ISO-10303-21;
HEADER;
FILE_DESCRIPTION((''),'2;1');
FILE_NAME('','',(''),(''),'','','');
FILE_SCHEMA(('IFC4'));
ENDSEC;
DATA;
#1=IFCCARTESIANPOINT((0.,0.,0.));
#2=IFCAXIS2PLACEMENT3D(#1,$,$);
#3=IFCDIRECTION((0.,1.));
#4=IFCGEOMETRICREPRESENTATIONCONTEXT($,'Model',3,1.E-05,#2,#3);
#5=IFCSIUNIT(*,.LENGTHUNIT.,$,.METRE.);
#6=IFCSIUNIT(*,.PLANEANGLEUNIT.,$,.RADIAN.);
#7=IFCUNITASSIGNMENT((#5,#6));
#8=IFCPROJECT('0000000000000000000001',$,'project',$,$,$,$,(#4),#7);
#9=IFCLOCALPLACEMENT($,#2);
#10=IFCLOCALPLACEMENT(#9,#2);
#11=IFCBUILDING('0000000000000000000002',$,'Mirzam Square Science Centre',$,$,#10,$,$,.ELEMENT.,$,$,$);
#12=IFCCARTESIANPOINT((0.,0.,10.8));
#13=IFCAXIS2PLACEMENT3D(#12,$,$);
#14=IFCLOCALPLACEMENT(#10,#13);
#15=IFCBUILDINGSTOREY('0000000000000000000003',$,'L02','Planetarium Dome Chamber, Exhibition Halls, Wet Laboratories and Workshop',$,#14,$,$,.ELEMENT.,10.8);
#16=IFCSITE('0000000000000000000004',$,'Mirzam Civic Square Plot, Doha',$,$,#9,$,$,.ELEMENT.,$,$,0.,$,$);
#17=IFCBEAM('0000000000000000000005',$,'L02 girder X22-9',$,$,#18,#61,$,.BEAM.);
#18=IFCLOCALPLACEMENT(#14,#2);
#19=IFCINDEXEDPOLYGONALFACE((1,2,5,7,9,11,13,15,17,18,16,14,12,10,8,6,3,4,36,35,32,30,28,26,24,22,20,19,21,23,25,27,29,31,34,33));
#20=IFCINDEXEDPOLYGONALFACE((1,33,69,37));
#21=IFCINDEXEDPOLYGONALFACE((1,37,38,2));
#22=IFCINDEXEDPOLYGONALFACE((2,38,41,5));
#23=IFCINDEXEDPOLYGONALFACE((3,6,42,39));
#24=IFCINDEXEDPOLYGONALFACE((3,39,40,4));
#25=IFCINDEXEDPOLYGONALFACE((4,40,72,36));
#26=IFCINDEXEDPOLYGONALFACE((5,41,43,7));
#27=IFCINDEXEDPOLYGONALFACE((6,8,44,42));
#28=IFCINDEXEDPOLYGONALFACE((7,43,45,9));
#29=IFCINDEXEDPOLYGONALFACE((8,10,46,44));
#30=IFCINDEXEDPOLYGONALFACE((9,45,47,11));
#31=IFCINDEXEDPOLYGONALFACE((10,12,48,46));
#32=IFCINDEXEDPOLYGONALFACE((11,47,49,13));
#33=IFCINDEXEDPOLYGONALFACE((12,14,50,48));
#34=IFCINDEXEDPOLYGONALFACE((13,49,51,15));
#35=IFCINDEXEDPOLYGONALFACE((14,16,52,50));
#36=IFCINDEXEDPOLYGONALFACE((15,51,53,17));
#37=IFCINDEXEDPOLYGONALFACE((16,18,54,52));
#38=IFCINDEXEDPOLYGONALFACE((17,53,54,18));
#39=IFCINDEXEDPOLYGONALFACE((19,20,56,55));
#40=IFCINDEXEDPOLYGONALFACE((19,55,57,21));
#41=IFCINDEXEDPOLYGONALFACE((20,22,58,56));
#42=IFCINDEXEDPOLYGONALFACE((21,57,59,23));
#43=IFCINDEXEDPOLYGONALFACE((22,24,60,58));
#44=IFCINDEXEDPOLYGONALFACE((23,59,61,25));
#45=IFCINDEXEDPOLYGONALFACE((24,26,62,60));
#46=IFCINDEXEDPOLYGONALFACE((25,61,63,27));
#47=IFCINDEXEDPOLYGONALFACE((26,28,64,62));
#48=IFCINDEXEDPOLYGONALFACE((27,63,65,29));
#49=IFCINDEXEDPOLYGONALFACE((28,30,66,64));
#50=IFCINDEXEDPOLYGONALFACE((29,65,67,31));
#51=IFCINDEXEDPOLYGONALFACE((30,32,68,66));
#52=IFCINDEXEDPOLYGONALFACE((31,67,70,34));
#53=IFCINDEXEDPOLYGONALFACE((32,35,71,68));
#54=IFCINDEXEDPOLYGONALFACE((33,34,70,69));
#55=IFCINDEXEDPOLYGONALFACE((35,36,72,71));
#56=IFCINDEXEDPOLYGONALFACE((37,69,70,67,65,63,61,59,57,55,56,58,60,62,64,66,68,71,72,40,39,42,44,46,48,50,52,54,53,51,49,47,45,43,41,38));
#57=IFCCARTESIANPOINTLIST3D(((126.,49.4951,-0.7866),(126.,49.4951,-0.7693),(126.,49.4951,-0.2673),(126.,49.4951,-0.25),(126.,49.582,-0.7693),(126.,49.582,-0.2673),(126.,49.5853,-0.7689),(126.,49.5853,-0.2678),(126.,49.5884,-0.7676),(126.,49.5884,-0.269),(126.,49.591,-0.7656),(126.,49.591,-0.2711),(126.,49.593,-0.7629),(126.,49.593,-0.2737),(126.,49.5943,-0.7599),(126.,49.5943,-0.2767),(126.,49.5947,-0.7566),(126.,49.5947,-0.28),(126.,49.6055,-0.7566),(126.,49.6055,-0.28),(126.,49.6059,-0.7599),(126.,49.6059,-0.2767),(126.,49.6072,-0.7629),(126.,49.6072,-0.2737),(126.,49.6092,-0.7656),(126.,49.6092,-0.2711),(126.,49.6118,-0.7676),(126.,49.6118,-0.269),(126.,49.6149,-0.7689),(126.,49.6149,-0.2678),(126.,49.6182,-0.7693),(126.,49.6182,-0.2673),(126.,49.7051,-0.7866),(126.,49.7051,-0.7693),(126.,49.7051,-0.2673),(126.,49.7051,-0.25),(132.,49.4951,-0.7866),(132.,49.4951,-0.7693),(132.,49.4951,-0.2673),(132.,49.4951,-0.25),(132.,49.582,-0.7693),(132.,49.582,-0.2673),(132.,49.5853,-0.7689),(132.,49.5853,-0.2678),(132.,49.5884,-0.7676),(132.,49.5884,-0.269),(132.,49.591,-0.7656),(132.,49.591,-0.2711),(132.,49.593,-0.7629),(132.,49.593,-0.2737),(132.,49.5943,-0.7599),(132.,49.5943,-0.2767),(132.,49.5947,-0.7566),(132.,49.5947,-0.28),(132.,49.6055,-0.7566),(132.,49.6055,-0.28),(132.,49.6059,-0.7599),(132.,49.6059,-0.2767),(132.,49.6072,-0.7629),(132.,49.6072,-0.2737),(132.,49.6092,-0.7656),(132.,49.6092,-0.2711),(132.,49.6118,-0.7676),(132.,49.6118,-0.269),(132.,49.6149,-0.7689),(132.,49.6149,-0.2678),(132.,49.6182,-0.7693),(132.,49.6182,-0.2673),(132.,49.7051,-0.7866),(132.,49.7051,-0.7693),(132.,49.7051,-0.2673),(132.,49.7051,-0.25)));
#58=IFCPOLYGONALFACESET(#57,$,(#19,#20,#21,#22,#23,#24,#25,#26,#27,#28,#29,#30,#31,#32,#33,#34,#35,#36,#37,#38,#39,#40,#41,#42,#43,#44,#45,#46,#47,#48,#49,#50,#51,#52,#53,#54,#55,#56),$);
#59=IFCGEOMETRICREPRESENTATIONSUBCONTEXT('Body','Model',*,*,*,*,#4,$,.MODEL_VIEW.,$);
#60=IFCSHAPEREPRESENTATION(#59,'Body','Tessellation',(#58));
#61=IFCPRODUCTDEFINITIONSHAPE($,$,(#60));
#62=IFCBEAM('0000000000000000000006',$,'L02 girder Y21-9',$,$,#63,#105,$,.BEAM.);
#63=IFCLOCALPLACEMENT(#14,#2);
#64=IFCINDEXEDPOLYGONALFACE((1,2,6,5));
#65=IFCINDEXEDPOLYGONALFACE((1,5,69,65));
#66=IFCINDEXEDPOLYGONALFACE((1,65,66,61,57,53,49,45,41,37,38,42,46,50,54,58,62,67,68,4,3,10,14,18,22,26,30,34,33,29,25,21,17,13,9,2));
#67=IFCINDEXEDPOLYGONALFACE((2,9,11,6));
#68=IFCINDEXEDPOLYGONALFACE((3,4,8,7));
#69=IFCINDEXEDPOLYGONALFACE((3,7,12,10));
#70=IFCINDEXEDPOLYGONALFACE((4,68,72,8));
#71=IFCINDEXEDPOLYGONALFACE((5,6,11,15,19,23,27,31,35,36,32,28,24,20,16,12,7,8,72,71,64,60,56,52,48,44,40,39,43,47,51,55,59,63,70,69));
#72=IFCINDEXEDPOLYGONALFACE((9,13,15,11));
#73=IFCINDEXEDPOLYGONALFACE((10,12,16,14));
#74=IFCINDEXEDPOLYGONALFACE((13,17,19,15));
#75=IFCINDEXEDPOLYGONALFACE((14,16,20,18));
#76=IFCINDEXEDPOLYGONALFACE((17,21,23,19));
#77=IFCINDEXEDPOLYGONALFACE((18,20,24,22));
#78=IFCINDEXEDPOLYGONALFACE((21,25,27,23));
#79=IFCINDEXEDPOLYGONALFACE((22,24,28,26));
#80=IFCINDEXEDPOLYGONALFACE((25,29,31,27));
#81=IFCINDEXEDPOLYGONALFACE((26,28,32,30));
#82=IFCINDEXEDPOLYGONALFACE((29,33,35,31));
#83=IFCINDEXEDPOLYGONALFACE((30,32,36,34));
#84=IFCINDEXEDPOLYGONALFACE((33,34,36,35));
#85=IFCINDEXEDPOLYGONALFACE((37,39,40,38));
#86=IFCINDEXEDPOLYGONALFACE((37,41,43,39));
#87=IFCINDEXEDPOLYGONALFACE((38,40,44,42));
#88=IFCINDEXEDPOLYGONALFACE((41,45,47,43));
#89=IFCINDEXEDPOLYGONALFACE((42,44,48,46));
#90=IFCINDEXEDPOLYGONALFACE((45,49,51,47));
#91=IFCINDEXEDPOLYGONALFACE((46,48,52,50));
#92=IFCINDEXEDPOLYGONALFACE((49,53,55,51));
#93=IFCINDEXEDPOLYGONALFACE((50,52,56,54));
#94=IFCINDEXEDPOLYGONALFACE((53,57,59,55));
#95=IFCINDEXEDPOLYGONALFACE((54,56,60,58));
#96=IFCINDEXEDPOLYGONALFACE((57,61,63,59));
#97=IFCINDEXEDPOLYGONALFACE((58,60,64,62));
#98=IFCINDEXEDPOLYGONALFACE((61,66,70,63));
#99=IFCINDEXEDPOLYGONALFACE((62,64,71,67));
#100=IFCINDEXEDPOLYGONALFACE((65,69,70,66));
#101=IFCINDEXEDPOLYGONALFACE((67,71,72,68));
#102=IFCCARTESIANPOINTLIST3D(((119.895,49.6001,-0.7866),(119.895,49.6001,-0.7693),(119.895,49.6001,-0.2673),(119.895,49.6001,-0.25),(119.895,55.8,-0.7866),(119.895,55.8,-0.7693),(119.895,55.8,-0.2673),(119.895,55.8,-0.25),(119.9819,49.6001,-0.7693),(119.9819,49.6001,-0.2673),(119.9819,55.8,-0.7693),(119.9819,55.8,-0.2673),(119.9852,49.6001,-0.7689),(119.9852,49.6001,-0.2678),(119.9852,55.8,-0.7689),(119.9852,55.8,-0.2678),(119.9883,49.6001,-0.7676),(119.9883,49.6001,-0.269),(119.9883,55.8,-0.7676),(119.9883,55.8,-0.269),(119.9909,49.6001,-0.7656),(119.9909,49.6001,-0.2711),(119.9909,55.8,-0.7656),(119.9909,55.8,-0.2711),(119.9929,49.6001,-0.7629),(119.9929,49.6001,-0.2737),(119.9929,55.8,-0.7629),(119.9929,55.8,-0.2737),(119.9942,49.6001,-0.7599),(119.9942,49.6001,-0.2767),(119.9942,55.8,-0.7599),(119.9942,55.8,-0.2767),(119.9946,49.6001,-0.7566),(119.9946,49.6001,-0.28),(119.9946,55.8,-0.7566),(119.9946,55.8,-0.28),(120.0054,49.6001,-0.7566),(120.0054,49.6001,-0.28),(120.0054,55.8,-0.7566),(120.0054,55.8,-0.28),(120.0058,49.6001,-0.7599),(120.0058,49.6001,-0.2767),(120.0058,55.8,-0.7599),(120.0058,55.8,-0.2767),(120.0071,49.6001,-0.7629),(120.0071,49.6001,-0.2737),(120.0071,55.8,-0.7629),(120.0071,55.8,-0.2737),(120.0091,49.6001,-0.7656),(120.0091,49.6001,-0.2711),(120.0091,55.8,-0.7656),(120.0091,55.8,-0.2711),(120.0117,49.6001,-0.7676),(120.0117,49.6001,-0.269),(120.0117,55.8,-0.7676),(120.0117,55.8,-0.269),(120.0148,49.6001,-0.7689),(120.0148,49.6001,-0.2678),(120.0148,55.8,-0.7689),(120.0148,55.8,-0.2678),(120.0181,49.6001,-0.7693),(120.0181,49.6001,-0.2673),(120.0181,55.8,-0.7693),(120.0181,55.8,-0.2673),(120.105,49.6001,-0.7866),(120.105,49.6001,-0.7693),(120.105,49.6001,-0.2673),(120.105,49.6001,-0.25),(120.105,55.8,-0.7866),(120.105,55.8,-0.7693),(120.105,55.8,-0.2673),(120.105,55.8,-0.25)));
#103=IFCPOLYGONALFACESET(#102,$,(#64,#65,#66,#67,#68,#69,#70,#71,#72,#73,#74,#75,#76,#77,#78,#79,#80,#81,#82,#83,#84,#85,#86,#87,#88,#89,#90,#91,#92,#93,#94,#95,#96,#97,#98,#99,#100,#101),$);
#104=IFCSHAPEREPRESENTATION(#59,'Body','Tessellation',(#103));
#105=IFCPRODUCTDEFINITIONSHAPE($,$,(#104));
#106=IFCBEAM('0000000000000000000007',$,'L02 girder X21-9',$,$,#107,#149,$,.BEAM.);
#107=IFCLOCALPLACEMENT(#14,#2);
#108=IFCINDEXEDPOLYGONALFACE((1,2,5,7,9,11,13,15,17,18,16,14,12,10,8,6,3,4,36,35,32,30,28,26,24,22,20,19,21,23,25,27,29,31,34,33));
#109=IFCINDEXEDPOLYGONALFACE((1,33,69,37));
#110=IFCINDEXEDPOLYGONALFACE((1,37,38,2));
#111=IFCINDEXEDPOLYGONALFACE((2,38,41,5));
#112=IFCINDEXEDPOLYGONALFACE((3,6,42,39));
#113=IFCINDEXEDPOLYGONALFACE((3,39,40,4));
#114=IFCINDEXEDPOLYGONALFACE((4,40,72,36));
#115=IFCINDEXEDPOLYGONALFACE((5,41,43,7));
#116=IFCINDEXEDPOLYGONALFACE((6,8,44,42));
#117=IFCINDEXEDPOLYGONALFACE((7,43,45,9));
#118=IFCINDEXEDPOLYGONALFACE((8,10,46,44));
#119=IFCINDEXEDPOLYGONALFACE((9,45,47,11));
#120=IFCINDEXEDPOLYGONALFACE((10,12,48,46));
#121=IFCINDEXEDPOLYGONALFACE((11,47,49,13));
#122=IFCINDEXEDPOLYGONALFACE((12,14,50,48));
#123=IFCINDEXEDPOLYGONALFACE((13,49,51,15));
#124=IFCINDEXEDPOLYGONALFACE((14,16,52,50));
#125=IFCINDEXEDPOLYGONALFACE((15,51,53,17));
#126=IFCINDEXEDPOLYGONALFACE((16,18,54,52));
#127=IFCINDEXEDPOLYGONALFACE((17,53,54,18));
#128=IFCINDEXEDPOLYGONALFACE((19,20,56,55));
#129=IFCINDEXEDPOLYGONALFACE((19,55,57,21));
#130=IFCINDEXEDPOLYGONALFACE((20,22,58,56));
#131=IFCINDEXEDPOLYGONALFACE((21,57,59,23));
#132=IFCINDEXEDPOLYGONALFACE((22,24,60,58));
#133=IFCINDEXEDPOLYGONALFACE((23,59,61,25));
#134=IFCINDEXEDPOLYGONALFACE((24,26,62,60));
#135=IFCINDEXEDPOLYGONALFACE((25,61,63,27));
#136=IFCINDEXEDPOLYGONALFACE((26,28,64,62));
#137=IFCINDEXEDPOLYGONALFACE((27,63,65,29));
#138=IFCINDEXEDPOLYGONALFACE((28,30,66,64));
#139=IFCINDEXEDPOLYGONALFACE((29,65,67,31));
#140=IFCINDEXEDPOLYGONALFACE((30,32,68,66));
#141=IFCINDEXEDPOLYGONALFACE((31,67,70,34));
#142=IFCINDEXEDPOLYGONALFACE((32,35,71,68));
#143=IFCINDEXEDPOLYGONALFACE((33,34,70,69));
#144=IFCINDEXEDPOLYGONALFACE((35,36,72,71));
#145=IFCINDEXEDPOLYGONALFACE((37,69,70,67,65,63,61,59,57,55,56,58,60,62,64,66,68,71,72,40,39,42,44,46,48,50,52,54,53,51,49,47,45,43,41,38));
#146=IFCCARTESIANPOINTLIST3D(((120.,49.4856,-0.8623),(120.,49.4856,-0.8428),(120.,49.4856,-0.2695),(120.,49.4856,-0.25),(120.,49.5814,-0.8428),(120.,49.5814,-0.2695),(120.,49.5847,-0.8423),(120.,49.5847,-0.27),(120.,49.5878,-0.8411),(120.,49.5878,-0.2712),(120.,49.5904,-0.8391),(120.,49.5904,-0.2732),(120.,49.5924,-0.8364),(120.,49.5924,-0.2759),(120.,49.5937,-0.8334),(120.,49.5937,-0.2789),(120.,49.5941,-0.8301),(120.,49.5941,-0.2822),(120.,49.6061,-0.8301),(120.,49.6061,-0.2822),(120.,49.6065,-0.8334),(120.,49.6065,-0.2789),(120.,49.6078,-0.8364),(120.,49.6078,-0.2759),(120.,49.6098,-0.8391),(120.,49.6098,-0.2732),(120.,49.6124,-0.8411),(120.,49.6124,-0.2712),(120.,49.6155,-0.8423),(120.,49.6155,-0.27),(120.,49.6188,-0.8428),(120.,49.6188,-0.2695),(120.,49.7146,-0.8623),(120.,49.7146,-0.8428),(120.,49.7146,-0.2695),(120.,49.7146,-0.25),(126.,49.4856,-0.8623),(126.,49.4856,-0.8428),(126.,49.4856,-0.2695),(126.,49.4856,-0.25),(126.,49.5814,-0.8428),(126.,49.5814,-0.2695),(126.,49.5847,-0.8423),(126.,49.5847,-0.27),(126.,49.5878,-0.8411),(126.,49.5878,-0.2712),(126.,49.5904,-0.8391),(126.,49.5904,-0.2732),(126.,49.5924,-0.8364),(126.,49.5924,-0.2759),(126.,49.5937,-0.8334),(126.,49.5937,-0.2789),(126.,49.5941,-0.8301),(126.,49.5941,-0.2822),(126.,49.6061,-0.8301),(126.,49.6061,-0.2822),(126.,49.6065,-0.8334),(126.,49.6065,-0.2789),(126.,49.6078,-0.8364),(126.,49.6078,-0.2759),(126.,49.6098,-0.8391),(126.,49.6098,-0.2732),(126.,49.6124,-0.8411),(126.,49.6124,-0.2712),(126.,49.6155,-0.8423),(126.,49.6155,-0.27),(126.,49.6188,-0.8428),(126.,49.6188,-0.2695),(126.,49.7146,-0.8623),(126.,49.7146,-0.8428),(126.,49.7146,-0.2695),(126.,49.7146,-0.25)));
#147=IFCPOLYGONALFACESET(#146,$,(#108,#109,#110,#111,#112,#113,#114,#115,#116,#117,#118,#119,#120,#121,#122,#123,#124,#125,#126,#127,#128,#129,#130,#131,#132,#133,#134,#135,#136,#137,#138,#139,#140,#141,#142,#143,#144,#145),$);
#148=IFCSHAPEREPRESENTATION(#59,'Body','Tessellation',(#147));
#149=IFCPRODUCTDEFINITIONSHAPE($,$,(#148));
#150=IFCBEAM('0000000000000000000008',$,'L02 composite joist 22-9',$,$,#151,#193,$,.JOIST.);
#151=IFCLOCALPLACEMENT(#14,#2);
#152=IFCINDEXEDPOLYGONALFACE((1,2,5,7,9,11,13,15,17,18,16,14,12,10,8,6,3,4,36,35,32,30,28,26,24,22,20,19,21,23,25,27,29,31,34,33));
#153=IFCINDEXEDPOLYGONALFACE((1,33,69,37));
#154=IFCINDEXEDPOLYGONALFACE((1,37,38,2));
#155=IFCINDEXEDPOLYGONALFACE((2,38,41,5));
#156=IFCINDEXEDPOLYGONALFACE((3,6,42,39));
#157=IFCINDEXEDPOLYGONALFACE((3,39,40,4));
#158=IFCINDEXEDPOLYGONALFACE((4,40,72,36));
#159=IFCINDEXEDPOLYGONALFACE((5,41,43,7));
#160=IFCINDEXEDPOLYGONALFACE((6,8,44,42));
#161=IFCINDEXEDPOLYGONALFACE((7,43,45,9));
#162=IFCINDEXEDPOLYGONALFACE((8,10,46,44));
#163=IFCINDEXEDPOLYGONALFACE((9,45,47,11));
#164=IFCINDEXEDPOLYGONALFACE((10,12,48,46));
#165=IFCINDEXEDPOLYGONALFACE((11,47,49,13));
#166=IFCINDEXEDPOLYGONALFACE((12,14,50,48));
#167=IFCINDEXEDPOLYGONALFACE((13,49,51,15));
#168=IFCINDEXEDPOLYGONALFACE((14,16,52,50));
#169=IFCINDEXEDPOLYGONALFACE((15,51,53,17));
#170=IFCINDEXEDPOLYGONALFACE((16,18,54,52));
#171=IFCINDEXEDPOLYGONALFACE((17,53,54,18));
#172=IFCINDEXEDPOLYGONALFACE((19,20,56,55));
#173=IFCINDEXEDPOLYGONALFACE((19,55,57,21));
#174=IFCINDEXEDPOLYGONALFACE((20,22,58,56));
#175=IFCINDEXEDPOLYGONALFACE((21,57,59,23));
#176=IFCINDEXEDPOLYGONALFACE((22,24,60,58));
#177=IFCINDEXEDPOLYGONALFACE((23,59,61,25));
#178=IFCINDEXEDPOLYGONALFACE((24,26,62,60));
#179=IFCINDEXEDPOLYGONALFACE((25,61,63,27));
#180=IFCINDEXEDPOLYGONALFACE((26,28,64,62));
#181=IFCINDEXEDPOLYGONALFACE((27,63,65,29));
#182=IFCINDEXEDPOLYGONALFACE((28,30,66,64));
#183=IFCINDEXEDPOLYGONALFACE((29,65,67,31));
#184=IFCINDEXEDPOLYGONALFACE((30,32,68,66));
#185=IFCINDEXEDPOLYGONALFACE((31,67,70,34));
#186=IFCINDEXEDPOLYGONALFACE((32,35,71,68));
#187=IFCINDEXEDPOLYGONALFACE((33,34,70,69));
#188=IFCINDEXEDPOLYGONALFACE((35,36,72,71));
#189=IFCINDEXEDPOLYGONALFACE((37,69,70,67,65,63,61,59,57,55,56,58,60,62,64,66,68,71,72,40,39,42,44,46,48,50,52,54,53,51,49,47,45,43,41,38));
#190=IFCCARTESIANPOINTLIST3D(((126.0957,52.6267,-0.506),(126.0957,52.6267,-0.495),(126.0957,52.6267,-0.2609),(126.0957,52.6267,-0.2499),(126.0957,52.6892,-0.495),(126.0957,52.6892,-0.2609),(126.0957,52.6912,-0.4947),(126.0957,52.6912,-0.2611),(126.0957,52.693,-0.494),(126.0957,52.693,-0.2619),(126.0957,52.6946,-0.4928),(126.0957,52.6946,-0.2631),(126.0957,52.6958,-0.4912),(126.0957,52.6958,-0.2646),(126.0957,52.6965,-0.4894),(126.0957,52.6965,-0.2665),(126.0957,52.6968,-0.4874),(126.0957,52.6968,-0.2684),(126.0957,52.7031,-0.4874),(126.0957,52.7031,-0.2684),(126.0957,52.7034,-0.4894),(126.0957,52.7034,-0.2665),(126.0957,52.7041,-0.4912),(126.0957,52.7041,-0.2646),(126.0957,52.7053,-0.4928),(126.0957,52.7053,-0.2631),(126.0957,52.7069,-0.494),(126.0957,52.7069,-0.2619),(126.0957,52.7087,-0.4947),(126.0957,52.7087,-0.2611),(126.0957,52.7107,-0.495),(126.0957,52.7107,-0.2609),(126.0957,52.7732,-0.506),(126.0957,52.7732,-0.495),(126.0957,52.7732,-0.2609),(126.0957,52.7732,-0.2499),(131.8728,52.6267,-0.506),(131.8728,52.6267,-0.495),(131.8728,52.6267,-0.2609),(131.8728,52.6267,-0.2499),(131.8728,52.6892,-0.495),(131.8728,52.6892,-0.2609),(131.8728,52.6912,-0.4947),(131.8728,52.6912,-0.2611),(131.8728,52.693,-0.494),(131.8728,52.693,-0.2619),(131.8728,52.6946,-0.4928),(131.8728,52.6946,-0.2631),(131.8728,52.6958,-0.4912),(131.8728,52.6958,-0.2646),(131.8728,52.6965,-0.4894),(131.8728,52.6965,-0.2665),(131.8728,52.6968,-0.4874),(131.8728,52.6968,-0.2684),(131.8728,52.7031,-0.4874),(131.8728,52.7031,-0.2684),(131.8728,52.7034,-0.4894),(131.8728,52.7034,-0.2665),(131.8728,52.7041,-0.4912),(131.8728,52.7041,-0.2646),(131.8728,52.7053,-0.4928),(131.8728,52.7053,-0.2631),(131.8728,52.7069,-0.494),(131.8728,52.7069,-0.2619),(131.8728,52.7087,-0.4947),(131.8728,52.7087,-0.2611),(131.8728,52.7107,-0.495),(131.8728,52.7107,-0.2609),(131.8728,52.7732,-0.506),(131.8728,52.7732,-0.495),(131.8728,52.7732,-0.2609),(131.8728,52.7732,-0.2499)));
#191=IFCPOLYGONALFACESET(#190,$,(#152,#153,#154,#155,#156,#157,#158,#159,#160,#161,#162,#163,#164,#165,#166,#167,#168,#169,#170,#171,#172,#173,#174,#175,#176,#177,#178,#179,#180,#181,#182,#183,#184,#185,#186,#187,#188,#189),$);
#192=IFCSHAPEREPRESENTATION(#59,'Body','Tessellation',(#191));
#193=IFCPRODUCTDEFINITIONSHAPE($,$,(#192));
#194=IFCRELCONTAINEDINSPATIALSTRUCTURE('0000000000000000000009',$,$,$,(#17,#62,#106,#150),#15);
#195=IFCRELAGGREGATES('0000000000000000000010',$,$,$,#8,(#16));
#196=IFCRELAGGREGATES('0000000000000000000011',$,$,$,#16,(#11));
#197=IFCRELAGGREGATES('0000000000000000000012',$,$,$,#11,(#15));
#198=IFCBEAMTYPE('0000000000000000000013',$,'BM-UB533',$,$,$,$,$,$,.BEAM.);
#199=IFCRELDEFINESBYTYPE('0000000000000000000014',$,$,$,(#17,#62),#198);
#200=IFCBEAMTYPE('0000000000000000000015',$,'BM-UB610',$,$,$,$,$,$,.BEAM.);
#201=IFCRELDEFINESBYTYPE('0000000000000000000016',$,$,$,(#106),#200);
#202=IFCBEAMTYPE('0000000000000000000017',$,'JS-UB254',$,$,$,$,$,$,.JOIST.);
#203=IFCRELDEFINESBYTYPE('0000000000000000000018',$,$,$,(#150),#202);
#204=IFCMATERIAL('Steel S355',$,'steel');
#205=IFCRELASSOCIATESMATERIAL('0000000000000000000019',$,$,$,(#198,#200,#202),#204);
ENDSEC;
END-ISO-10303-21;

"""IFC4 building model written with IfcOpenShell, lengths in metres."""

from ifc_helpers import new_model, si_unit, direction, frame, origin, origin_2d, place, context, subcontext, project, spatial, i_section, extrude, material, material_profile, profile_set, type_object, element, save


model = new_model("IFC4")

# Units and contexts
model_context = context("Model", 3, precision=1e-05, world=origin(), true_north=direction((0.0, 1.0)))
body_context = subcontext(model_context, "Body", "Model", "MODEL_VIEW")
ifc_project = project(units=[si_unit("LENGTHUNIT", "METRE"), si_unit("PLANEANGLEUNIT", "RADIAN")], contexts=[model_context])

# Site, building, storey
site_placement = place(None, origin())
site = spatial("IfcSite", under=ifc_project, at=site_placement, Name="Mirzam Civic Square Plot, Doha", CompositionType="ELEMENT", RefElevation=0.0)
building_placement = place(site_placement, origin())
building = spatial("IfcBuilding", under=site, at=building_placement, Name="Mirzam Square Science Centre", CompositionType="ELEMENT")
storey_placement = place(building_placement, frame((0.0, 0.0, 10.8)))
storey = spatial("IfcBuildingStorey", under=building, at=storey_placement, Name="L02", Description="Planetarium Dome Chamber, Exhibition Halls, Wet Laboratories and Workshop", CompositionType="ELEMENT", Elevation=10.8)

# Shared definitions
ifc_material_1 = material(Name="Steel S355", Category="steel")

# Beams
ifc_material_profile_1 = material_profile(ifc_material_1, i_section(OverallWidth=0.21, OverallDepth=0.5366, WebThickness=0.0107, FlangeThickness=0.0173, FilletRadius=0.0127, at=origin_2d()), Name="533x210x101UB")
ifc_profile_set_1 = profile_set([ifc_material_profile_1], Name="Steel S355")
beam_type_1 = type_object("IfcBeamType", Name="BM-UB533", PredefinedType="BEAM", material=ifc_profile_set_1)
beam_1_placement = place(storey_placement, frame((126.0, 49.6001, -0.5183), z_axis=(1.0, 0.0, 0.0), x_axis=(0.0, 1.0, 0.0)))
element("IfcBeam", 1, at=beam_1_placement, inside=storey, type_object=beam_type_1, Name="L02 girder X22-9", PredefinedType="BEAM", context=body_context, shape_type="SweptSolid", body=[
    extrude(i_section(OverallWidth=0.21, OverallDepth=0.5366, WebThickness=0.0107, FlangeThickness=0.0173, FilletRadius=0.0127, at=origin_2d()), origin(), (0.0, 0.0, 1.0), 6.0),
])
beam_2_placement = place(storey_placement, frame((120.0, 49.6001, -0.5183), z_axis=(0.0, 1.0, 0.0), x_axis=(-1.0, 0.0, 0.0)))
element("IfcBeam", 2, at=beam_2_placement, inside=storey, type_object=beam_type_1, Name="L02 girder Y21-9", PredefinedType="BEAM", context=body_context, shape_type="SweptSolid", body=[
    extrude(i_section(OverallWidth=0.21, OverallDepth=0.5366, WebThickness=0.0107, FlangeThickness=0.0173, FilletRadius=0.0127, at=origin_2d()), origin(), (0.0, 0.0, 1.0), 6.2),
])
ifc_material_profile_2 = material_profile(ifc_material_1, i_section(OverallWidth=0.229, OverallDepth=0.6123, WebThickness=0.012, FlangeThickness=0.0195, FilletRadius=0.0127, at=origin_2d()), Name="610x229x125UB")
ifc_profile_set_2 = profile_set([ifc_material_profile_2], Name="Steel S355")
beam_type_2 = type_object("IfcBeamType", Name="BM-UB610", PredefinedType="BEAM", material=ifc_profile_set_2)
beam_3_placement = place(storey_placement, frame((120.0, 49.6001, -0.5562), z_axis=(1.0, 0.0, 0.0), x_axis=(0.0, 1.0, 0.0)))
element("IfcBeam", 3, at=beam_3_placement, inside=storey, type_object=beam_type_2, Name="L02 girder X21-9", PredefinedType="BEAM", context=body_context, shape_type="SweptSolid", body=[
    extrude(i_section(OverallWidth=0.229, OverallDepth=0.6123, WebThickness=0.012, FlangeThickness=0.0195, FilletRadius=0.0127, at=origin_2d()), origin(), (0.0, 0.0, 1.0), 6.0),
])
ifc_material_profile_3 = material_profile(ifc_material_1, i_section(OverallWidth=0.1465, OverallDepth=0.2561, WebThickness=0.0063, FlangeThickness=0.011, FilletRadius=0.0076, at=origin_2d()), Name="254x146x37UB")
ifc_profile_set_3 = profile_set([ifc_material_profile_3], Name="Steel S355")
beam_type_3 = type_object("IfcBeamType", Name="JS-UB254", PredefinedType="JOIST", material=ifc_profile_set_3)
beam_4_placement = place(storey_placement, frame((126.0957, 52.7, -0.3779), z_axis=(1.0, 0.0, 0.0), x_axis=(0.0, 1.0, 0.0)))
element("IfcBeam", 4, at=beam_4_placement, inside=storey, type_object=beam_type_3, Name="L02 composite joist 22-9", PredefinedType="JOIST", context=body_context, shape_type="SweptSolid", body=[
    extrude(i_section(OverallWidth=0.1465, OverallDepth=0.2561, WebThickness=0.0063, FlangeThickness=0.011, FilletRadius=0.0076, at=origin_2d()), origin(), (0.0, 0.0, 1.0), 5.7771),
])

save(model, "model.ifc")
